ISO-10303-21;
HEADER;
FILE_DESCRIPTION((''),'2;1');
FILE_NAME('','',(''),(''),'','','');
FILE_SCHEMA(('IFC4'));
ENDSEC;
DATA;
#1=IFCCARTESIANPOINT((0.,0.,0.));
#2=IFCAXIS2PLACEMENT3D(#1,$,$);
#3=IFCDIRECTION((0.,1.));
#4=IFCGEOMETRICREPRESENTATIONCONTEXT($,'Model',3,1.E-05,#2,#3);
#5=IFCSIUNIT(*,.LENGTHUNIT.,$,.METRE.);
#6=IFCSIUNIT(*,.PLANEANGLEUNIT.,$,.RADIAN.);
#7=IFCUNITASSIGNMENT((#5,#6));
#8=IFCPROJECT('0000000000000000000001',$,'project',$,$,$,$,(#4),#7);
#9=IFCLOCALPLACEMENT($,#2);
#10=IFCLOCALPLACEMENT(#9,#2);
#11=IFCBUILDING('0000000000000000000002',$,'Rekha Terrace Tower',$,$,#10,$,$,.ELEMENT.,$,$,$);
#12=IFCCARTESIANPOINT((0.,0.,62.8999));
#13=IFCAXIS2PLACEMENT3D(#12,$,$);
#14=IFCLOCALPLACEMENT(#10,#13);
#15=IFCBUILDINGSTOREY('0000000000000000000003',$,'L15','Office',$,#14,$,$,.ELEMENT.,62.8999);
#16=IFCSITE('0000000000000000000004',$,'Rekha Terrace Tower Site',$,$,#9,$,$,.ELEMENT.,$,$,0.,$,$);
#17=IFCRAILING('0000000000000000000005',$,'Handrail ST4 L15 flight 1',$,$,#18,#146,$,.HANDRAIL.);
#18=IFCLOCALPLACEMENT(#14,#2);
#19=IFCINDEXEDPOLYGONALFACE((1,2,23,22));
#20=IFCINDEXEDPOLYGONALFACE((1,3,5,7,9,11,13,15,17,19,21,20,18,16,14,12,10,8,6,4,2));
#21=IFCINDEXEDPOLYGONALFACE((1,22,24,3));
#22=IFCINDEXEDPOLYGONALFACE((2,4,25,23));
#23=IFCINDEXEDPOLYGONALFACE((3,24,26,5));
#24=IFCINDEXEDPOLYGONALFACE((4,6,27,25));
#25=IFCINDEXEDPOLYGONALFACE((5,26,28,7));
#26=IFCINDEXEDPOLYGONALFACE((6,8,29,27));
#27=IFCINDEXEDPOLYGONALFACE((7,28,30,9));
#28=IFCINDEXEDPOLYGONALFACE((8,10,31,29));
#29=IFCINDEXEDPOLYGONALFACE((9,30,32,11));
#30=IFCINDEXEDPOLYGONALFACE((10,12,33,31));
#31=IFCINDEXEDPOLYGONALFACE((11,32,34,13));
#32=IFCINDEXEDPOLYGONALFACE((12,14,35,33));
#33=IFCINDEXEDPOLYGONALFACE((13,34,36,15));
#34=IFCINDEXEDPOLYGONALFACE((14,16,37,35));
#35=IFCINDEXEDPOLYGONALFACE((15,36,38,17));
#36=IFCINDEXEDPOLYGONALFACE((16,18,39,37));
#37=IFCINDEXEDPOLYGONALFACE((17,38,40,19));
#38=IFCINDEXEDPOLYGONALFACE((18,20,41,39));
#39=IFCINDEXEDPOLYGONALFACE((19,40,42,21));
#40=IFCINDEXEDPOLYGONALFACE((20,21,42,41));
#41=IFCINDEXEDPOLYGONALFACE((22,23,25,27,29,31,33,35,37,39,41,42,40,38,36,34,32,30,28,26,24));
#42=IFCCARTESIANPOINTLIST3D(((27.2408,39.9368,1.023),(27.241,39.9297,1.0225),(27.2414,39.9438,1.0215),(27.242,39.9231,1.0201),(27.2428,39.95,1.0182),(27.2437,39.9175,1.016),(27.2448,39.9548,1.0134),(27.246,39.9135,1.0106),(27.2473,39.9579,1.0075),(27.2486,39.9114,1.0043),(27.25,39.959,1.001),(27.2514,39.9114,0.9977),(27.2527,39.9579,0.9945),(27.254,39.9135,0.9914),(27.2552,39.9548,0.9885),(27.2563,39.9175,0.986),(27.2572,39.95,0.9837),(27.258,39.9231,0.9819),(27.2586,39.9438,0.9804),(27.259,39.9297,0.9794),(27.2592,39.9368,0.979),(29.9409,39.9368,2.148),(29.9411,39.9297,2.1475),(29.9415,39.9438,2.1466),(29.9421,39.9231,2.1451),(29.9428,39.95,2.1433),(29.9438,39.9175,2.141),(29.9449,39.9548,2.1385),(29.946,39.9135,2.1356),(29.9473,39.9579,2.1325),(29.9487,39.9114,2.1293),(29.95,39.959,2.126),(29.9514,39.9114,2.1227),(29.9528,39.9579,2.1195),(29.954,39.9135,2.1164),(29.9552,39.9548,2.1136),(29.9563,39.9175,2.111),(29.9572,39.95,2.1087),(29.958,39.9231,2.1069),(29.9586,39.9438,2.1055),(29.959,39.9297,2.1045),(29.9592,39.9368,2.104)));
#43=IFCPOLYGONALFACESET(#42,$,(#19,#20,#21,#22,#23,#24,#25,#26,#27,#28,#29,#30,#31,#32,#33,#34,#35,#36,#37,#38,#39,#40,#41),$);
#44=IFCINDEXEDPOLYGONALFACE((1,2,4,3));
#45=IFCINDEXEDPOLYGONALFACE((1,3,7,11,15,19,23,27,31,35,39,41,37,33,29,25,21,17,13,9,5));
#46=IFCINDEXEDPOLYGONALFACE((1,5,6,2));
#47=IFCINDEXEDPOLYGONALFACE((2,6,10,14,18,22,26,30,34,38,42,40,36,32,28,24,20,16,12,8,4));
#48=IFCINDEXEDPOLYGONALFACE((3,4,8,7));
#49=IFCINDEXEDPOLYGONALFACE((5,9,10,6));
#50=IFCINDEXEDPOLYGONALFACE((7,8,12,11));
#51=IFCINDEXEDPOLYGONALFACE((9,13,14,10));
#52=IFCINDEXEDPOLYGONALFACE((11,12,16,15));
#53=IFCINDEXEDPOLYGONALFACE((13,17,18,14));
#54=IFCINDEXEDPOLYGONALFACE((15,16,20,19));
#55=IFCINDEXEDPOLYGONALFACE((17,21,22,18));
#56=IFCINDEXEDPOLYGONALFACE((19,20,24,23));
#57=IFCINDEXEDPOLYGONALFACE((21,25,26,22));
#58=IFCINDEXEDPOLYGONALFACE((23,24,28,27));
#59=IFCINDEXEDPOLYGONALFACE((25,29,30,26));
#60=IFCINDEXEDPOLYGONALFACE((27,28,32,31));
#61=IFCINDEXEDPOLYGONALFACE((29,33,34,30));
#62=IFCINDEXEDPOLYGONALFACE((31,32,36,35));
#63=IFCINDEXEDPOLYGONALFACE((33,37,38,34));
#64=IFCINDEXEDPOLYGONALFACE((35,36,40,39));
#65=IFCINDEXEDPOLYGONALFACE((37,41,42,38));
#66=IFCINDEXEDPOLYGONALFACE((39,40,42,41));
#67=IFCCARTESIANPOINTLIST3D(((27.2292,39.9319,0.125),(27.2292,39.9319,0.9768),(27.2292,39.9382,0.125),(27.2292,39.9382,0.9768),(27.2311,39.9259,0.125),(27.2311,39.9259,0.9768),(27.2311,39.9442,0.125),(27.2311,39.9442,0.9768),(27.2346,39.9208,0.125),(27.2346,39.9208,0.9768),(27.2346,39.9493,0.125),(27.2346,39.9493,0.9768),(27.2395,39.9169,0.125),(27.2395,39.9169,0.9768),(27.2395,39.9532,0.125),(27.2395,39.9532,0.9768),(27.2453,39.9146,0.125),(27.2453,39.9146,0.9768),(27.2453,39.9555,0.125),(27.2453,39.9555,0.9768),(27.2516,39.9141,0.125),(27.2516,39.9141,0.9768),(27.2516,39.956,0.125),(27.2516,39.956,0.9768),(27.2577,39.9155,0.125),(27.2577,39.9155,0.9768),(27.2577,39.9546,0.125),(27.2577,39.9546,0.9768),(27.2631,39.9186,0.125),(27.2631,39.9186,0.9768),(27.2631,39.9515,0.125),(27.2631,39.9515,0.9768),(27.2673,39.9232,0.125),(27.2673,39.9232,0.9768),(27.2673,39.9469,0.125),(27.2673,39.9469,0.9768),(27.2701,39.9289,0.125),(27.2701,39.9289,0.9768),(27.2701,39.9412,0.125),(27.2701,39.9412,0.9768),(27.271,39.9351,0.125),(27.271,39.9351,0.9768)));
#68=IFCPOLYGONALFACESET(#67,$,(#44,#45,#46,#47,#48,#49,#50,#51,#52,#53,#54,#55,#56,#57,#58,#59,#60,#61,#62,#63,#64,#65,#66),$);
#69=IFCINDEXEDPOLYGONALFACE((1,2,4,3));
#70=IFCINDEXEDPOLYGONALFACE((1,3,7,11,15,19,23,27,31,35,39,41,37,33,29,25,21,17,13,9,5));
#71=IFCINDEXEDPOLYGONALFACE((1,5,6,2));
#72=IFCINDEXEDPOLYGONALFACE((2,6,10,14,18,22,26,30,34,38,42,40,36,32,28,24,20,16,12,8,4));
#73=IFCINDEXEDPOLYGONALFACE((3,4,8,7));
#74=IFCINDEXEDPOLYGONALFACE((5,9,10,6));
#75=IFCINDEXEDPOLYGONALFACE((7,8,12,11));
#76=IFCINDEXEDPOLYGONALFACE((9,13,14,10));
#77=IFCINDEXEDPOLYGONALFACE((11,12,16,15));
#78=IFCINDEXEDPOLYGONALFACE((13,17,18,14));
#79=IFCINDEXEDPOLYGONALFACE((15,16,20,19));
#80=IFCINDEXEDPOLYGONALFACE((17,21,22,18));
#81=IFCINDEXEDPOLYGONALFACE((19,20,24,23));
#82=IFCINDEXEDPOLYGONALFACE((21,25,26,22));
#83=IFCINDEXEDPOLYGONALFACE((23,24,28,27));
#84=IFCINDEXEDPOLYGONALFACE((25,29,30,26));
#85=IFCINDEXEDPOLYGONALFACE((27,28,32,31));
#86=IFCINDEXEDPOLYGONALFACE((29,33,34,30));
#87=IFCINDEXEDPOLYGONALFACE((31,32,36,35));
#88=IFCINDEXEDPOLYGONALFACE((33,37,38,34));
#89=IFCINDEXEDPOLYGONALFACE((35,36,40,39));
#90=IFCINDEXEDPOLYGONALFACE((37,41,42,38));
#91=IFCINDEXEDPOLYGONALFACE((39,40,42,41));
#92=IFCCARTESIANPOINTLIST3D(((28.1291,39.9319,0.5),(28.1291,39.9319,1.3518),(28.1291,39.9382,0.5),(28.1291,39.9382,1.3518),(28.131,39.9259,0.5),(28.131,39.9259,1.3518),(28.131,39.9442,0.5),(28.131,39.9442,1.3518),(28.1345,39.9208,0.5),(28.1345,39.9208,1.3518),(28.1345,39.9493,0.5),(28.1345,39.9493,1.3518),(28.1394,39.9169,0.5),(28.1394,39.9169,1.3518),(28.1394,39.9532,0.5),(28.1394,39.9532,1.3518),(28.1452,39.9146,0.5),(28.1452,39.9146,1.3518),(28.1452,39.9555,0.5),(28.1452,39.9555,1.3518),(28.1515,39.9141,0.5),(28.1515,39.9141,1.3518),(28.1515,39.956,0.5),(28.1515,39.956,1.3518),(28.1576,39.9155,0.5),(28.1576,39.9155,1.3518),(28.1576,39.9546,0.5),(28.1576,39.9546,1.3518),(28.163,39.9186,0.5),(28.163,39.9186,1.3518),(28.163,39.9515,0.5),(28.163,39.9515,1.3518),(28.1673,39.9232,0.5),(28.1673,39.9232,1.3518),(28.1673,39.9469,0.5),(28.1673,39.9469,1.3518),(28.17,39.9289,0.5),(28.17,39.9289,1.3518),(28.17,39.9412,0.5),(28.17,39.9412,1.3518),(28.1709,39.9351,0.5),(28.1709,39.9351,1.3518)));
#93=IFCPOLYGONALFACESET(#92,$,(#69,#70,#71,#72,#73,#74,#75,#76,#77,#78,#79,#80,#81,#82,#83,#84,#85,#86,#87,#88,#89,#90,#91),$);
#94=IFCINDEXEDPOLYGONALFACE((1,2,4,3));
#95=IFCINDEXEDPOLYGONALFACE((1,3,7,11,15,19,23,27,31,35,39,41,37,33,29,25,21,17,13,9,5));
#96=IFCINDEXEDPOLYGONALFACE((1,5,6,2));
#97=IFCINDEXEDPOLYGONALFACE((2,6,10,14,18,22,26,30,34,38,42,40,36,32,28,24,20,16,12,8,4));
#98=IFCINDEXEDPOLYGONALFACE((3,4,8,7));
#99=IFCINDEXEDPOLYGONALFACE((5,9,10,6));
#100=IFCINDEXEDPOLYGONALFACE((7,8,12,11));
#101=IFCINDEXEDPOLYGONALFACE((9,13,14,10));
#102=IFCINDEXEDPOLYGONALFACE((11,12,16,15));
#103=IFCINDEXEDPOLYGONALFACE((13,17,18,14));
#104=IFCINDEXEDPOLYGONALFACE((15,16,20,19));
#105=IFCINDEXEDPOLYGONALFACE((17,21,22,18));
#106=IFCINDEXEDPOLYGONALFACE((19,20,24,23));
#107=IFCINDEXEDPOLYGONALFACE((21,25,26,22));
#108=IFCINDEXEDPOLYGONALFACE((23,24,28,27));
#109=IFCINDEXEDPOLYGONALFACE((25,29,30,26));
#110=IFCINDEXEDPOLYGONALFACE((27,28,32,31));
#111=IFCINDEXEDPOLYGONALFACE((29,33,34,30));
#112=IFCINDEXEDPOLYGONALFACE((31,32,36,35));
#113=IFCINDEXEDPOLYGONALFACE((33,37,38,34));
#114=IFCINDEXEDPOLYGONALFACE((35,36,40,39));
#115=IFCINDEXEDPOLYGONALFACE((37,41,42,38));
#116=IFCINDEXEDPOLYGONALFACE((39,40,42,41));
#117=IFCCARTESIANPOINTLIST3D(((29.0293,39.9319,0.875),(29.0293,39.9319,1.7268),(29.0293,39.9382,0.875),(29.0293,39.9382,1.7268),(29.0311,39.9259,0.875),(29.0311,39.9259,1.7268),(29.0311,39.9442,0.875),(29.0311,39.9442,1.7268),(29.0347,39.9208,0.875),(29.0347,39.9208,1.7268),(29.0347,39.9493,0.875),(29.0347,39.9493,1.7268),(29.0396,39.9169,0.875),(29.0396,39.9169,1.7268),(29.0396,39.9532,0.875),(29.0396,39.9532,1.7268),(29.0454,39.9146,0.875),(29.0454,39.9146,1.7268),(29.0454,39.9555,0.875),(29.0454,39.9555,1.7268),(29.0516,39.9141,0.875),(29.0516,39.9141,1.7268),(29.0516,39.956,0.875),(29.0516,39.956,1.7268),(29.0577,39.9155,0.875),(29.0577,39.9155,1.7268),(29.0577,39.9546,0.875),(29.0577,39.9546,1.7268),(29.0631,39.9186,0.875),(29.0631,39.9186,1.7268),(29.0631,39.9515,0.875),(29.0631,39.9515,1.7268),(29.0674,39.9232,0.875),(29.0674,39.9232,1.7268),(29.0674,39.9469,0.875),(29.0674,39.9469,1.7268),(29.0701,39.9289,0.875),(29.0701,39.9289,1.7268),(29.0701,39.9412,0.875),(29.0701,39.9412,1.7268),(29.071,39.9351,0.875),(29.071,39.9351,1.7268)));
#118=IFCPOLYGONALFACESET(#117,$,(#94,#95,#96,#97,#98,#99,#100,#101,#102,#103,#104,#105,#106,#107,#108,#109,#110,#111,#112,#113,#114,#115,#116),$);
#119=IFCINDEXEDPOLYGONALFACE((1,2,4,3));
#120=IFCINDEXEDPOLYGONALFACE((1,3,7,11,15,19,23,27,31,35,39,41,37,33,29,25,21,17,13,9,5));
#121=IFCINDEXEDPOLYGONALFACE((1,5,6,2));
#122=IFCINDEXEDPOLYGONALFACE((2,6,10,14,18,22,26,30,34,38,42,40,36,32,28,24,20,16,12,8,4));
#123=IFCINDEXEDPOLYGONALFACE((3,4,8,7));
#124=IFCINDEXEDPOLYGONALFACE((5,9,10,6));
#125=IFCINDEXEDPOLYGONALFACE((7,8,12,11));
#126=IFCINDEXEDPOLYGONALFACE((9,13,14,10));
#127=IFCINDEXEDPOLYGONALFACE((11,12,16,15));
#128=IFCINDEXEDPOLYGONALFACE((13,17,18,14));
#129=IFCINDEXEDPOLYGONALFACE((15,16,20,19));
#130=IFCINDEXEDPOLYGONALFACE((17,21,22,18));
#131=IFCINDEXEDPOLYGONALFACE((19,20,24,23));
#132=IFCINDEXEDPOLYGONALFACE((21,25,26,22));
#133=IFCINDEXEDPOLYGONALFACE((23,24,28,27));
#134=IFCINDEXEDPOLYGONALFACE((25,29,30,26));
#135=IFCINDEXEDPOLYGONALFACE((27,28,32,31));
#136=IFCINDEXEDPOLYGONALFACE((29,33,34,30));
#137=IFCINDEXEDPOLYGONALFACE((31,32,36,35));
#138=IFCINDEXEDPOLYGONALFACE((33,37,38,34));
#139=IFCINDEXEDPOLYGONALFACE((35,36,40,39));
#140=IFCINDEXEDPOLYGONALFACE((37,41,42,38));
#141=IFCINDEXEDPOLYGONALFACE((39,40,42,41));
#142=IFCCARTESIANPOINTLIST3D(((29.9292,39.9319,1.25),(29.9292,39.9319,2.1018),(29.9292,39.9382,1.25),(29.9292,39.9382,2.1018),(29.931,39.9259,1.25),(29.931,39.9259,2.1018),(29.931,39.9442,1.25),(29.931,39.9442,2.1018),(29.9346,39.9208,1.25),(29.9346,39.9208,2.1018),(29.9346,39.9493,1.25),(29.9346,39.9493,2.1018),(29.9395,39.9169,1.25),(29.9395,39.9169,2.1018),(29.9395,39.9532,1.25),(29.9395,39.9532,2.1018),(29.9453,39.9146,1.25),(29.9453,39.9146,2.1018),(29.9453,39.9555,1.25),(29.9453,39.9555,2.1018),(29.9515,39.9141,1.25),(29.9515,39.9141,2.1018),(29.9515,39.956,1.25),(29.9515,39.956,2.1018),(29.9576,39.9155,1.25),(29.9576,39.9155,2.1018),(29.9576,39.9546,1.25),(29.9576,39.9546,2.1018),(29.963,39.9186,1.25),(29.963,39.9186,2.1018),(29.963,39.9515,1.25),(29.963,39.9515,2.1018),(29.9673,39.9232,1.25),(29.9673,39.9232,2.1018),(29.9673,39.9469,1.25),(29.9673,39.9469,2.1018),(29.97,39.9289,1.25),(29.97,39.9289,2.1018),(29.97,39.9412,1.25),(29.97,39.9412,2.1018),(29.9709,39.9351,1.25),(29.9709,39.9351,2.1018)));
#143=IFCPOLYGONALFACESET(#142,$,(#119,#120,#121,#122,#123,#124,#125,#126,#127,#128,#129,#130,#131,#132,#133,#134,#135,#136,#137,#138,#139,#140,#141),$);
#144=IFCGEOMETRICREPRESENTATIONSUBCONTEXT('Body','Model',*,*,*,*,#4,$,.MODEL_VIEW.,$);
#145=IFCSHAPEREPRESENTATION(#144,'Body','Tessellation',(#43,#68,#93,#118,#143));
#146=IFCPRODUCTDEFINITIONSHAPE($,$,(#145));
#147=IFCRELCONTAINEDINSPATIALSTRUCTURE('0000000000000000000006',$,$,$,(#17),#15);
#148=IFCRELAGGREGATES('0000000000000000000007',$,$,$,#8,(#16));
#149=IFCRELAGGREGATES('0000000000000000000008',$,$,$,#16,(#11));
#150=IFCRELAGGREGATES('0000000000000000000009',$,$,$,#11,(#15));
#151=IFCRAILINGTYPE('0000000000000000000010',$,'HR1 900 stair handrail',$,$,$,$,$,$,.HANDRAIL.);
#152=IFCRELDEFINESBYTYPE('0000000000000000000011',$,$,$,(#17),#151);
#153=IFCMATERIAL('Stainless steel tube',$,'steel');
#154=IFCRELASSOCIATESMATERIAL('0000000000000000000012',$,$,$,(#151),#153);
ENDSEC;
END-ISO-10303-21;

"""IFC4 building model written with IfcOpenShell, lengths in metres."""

from ifc_helpers import new_model, si_unit, direction, frame, origin, origin_2d, place, context, subcontext, project, spatial, circle, extrude, material, type_object, element, save


model = new_model("IFC4")

# Units and contexts
model_context = context("Model", 3, precision=1e-05, world=origin(), true_north=direction((0.0, 1.0)))
body_context = subcontext(model_context, "Body", "Model", "MODEL_VIEW")
ifc_project = project(units=[si_unit("LENGTHUNIT", "METRE"), si_unit("PLANEANGLEUNIT", "RADIAN")], contexts=[model_context])

# Site, building, storey
site_placement = place(None, origin())
site = spatial("IfcSite", under=ifc_project, at=site_placement, Name="Rekha Terrace Tower Site", CompositionType="ELEMENT", RefElevation=0.0)
building_placement = place(site_placement, origin())
building = spatial("IfcBuilding", under=site, at=building_placement, Name="Rekha Terrace Tower", CompositionType="ELEMENT")
storey_placement = place(building_placement, frame((0.0, 0.0, 62.8999)))
storey = spatial("IfcBuildingStorey", under=building, at=storey_placement, Name="L15", Description="Office", CompositionType="ELEMENT", Elevation=62.8999)

# Railing
ifc_material_1 = material(Name="Stainless steel tube", Category="steel")
railing_type_1 = type_object("IfcRailingType", Name="HR1 900 stair handrail", PredefinedType="HANDRAIL", material=ifc_material_1)
railing_1_placement = place(storey_placement, frame((27.25, 39.9351, 0.125)))
element("IfcRailing", 1, at=railing_1_placement, inside=storey, type_object=railing_type_1, Name="Handrail ST4 L15 flight 1", PredefinedType="HANDRAIL", context=body_context, shape_type="SweptSolid", body=[
    extrude(circle(Radius=0.0239, at=origin_2d()), frame((0.0, 0.0, 0.876), z_axis=(0.923074, 0.0, 0.384621), x_axis=(0.0, 1.0, 0.0)), (0.0, 0.0, 1.0), 2.925),
    extrude(circle(Radius=0.021, at=origin_2d()), origin(), (0.0, 0.0, 1.0), 0.8518),
    extrude(circle(Radius=0.021, at=origin_2d()), frame((0.8999, 0.0, 0.375)), (0.0, 0.0, 1.0), 0.8518),
    extrude(circle(Radius=0.021, at=origin_2d()), frame((1.8, 0.0, 0.75)), (0.0, 0.0, 1.0), 0.8518),
    extrude(circle(Radius=0.021, at=origin_2d()), frame((2.7, 0.0, 1.125)), (0.0, 0.0, 1.0), 0.8518),
])

save(model, "model.ifc")
